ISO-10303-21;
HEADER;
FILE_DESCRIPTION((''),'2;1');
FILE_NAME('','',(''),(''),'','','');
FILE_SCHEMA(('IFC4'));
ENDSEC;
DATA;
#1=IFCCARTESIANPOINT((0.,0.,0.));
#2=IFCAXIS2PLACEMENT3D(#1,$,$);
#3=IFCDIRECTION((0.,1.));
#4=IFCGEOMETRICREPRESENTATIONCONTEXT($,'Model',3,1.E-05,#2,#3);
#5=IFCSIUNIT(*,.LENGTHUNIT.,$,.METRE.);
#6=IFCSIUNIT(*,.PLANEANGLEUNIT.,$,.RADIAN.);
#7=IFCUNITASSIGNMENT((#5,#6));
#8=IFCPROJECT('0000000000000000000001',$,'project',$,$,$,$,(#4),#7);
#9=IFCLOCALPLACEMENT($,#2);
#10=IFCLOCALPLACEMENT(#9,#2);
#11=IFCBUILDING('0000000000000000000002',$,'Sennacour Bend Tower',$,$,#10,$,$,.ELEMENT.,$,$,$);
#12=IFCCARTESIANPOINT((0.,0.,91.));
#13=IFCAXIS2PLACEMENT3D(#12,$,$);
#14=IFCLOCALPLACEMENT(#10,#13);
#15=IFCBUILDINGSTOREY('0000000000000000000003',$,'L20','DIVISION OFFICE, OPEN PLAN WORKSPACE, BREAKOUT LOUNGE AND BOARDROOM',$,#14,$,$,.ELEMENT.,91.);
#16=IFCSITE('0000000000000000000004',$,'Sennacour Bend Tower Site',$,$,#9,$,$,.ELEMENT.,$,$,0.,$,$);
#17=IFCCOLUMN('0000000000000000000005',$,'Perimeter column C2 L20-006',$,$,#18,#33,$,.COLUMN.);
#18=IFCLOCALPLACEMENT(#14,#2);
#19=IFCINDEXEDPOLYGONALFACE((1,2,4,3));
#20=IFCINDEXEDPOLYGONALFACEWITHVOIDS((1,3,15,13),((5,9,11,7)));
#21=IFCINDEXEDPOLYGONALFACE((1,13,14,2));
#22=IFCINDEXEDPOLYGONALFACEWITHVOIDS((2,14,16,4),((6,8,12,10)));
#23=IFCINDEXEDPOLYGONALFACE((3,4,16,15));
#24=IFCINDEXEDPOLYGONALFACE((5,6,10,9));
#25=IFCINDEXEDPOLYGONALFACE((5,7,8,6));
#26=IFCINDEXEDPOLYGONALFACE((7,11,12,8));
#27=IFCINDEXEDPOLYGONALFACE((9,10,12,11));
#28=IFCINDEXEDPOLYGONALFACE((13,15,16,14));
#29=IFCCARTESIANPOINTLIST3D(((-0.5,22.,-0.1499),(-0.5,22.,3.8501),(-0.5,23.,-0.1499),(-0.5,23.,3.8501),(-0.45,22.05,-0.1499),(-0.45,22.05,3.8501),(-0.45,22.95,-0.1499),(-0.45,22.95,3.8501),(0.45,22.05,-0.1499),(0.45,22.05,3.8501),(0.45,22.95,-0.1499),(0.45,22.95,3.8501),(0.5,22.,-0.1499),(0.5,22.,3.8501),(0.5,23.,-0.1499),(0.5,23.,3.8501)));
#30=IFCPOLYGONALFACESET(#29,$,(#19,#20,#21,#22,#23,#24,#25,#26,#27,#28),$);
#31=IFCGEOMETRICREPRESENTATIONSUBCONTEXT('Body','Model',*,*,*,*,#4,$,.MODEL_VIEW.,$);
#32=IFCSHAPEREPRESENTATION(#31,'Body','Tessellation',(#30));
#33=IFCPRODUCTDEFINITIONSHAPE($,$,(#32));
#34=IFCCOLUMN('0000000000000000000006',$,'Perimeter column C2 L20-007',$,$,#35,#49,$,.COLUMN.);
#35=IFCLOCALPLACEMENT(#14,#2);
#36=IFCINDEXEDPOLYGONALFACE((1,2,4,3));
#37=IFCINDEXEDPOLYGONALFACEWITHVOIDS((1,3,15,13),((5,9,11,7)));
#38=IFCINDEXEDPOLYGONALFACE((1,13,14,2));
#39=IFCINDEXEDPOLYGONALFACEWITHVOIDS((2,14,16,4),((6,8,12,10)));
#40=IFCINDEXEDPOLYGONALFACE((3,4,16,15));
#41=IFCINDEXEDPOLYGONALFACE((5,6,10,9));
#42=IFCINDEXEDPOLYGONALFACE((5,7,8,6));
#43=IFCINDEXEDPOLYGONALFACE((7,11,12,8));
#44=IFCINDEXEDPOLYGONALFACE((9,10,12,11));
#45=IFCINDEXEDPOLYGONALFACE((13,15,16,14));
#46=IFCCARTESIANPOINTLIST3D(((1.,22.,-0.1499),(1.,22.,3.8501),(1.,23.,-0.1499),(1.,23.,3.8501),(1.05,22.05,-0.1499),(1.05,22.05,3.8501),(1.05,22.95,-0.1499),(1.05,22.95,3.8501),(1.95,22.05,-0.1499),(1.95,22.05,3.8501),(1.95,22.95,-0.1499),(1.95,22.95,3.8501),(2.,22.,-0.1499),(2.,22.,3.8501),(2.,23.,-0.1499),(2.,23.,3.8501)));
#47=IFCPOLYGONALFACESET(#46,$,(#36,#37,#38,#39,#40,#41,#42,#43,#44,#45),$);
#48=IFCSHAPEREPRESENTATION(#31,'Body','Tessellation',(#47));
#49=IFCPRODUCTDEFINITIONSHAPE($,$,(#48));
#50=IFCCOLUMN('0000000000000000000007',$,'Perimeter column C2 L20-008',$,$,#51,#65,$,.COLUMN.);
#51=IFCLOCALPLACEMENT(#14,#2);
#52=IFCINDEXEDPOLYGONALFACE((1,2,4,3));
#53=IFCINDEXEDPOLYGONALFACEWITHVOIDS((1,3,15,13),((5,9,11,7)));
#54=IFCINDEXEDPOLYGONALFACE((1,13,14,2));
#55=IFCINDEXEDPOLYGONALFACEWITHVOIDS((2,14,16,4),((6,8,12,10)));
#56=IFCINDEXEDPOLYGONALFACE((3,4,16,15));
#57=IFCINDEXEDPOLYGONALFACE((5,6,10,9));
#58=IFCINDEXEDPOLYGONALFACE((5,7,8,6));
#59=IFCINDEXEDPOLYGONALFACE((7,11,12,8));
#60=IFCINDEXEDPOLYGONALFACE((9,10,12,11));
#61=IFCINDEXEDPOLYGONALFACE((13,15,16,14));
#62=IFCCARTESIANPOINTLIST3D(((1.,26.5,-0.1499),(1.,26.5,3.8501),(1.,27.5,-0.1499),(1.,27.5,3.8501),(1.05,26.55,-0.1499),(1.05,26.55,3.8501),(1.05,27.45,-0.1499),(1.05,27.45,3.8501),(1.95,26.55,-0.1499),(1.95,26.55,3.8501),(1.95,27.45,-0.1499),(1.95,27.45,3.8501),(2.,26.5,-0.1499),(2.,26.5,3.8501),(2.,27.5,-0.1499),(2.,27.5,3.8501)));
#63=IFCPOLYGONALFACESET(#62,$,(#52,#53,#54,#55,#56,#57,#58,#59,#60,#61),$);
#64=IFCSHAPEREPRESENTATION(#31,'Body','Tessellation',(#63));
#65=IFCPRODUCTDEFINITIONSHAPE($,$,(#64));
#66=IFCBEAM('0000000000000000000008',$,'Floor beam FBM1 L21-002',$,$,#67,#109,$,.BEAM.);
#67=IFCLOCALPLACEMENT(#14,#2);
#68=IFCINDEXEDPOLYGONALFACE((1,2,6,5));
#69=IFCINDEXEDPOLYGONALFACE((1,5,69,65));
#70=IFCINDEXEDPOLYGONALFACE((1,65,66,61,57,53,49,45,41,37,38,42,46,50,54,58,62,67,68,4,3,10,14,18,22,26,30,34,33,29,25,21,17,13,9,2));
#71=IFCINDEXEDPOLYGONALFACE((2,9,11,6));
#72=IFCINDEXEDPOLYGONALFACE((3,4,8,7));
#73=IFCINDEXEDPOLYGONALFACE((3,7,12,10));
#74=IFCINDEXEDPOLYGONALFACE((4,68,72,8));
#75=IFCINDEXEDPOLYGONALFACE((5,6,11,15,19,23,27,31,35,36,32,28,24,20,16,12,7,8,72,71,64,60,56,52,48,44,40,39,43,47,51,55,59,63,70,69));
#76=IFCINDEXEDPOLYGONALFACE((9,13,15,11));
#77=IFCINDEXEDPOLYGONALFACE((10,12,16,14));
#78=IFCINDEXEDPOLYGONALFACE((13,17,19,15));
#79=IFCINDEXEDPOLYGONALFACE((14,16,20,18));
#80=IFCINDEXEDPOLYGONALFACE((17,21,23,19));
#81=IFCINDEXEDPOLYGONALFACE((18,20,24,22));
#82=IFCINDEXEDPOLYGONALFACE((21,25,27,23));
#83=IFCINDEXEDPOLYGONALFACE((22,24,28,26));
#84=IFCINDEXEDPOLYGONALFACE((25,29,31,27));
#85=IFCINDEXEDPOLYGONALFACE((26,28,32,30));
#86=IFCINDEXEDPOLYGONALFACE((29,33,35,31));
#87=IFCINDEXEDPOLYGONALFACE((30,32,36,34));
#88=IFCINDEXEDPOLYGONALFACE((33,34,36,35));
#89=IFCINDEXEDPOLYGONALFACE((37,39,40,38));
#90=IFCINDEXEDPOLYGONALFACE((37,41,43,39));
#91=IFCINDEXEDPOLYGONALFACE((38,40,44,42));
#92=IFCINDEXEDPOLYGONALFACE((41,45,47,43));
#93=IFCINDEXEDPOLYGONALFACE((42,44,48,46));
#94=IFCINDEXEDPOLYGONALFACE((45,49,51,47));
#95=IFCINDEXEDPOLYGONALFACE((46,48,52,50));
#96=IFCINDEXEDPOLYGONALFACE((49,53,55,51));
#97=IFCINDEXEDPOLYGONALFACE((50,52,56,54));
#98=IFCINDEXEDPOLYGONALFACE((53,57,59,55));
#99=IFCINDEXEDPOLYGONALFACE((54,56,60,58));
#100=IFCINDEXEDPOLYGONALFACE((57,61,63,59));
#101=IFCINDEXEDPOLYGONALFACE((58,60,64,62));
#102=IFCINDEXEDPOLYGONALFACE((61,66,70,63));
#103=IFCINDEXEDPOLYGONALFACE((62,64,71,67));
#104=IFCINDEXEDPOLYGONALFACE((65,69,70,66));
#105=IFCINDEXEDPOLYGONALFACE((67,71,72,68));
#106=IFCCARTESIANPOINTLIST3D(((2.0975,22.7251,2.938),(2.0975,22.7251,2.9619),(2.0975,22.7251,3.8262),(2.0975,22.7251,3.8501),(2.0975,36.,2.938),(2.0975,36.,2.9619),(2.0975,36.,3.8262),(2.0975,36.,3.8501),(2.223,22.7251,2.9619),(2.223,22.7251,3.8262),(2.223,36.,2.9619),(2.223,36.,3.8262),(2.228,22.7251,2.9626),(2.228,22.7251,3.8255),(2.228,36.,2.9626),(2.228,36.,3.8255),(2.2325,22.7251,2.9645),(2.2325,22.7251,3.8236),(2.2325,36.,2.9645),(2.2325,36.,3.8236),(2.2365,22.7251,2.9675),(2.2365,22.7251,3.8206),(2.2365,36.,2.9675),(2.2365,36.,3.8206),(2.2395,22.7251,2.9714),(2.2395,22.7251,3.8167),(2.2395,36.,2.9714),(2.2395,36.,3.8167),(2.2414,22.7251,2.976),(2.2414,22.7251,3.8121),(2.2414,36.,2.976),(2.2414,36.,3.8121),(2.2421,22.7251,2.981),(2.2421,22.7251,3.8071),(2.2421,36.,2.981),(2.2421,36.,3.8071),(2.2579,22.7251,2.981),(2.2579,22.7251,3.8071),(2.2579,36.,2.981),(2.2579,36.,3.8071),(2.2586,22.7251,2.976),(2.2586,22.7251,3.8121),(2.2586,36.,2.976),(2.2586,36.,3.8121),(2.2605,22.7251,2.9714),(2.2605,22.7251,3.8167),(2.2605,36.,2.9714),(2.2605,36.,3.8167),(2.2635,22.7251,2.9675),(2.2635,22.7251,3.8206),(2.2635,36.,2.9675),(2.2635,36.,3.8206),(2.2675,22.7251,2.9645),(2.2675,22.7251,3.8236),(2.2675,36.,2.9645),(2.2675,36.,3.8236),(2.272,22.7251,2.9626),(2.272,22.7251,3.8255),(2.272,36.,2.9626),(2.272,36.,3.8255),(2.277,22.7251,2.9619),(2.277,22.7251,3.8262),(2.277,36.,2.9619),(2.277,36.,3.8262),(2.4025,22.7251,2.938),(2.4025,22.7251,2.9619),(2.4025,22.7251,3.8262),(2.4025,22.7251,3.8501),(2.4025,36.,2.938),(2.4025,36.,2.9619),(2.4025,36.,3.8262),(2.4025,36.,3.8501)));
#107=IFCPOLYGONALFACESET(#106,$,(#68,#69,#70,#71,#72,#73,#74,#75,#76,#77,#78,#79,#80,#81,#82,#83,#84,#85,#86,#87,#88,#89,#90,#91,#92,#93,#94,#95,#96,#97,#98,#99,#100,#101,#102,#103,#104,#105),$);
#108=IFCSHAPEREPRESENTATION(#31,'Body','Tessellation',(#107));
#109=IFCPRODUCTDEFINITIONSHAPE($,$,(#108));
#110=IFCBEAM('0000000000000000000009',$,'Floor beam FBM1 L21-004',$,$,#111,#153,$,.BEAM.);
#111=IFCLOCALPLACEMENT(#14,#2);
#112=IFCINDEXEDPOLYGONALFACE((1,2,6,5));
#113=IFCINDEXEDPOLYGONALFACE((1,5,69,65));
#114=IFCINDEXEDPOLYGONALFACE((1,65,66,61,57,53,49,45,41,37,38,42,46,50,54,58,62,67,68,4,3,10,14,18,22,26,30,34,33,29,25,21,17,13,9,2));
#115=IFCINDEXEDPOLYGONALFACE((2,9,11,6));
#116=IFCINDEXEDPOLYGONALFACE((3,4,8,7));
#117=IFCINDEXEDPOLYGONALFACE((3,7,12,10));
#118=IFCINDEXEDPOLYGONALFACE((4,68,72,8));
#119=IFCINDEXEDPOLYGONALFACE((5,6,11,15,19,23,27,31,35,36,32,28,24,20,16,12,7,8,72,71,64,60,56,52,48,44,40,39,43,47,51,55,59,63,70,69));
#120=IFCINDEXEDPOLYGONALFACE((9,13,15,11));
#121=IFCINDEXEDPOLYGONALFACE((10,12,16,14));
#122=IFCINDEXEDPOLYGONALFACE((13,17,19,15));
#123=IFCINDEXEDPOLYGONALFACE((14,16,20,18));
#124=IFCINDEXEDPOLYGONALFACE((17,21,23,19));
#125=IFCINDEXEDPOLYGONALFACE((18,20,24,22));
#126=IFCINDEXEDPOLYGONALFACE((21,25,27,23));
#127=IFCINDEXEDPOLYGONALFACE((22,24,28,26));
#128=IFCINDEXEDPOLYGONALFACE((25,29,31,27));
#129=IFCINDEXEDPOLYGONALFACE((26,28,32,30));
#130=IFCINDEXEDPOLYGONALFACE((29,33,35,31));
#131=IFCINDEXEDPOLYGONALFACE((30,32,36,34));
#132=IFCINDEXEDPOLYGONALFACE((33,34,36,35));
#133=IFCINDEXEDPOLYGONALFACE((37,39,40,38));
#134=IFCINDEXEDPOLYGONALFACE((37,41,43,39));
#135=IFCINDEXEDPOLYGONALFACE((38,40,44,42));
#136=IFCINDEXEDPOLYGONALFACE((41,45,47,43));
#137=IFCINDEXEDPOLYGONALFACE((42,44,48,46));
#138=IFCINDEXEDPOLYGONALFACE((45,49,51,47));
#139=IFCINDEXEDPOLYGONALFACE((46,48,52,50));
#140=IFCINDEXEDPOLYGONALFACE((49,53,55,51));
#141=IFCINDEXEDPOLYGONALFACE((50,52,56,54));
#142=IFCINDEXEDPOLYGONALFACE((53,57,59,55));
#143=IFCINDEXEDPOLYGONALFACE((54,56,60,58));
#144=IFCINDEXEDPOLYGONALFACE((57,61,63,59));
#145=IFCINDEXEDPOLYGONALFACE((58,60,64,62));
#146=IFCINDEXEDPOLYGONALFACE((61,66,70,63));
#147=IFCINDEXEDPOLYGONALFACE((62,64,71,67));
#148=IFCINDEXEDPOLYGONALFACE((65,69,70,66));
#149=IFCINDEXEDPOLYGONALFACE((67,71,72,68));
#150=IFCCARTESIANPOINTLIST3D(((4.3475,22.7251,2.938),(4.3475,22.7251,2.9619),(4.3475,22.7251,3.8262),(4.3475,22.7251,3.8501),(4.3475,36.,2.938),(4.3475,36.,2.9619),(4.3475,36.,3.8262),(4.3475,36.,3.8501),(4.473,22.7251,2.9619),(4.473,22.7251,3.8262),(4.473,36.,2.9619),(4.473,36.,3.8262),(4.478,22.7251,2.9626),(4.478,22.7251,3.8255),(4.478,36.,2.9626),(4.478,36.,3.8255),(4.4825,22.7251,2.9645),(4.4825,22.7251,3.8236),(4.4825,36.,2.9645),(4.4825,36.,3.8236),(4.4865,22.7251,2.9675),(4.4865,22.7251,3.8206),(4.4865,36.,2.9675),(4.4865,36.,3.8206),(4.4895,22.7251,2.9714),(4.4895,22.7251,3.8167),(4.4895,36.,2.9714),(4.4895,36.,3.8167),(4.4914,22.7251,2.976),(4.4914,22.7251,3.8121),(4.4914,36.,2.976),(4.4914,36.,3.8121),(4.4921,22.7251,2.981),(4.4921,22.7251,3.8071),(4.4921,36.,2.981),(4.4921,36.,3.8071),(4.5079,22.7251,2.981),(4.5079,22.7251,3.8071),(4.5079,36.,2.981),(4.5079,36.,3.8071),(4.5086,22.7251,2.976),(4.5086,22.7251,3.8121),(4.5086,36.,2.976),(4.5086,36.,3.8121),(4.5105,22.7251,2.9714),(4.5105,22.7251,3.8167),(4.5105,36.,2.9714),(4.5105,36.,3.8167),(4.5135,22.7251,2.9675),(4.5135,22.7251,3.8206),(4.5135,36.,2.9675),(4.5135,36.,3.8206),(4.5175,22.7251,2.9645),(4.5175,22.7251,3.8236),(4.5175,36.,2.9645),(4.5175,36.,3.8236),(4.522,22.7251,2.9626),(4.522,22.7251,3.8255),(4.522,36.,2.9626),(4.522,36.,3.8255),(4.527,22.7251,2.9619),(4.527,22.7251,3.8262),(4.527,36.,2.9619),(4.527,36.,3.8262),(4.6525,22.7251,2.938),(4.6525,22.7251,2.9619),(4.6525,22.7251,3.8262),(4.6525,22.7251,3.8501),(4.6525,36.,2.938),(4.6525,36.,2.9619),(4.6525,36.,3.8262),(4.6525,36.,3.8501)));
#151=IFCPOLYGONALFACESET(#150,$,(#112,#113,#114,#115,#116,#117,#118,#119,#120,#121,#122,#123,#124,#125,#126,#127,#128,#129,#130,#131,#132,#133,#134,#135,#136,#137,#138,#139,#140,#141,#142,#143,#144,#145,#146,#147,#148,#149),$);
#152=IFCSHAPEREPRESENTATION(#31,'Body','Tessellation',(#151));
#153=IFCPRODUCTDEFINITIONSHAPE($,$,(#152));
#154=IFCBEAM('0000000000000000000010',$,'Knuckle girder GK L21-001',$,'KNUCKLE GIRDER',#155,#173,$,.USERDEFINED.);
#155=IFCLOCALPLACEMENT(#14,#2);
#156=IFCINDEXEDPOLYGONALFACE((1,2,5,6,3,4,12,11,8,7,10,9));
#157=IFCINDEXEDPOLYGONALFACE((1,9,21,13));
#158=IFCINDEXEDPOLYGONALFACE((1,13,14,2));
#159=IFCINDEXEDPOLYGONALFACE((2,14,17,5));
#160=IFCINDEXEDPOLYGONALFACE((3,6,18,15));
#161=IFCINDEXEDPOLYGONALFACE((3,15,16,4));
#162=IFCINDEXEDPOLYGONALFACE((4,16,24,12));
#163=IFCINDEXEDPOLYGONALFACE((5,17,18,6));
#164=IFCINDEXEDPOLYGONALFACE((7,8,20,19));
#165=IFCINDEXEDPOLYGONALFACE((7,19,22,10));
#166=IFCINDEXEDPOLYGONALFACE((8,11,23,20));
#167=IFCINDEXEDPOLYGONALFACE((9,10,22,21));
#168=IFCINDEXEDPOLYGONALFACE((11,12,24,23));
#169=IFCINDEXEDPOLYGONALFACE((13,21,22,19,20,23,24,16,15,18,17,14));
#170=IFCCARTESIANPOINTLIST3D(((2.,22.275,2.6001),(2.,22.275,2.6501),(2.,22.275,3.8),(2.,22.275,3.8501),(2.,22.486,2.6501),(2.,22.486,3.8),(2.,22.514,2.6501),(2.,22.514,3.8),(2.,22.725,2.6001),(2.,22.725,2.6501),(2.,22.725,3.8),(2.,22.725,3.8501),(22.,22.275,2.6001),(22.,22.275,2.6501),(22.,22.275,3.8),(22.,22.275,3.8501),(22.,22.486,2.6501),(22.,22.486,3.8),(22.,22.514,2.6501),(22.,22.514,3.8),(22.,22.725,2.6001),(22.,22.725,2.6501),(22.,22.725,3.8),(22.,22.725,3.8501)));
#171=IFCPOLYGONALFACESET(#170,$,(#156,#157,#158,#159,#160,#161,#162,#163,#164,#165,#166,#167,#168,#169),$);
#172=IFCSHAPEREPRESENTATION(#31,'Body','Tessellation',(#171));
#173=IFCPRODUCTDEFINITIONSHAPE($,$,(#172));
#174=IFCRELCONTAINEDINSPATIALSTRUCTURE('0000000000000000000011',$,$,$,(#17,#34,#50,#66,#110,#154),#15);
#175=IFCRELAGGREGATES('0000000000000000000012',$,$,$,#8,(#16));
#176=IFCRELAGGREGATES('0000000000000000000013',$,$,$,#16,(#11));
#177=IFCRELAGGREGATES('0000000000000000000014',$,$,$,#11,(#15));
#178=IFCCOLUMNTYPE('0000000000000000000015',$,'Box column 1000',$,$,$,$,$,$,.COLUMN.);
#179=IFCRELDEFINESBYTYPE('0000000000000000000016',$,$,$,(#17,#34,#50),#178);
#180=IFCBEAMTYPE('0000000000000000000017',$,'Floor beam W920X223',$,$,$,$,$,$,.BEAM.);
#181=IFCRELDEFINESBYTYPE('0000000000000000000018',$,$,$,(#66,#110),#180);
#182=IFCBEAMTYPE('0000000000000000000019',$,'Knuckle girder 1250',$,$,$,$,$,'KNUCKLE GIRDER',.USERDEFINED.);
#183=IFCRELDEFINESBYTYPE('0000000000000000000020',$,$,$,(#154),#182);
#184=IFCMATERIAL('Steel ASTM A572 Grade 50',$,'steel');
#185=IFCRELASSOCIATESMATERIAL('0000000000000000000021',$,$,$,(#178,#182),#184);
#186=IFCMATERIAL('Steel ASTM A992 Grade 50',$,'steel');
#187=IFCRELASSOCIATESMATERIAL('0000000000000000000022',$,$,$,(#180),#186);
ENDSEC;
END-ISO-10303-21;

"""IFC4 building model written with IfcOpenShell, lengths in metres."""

from ifc_helpers import new_model, si_unit, direction, frame, origin, origin_2d, place, context, subcontext, project, spatial, hollow_rectangle, i_section, extrude, material, material_profile, profile_set, type_object, element, save


model = new_model("IFC4")

# Units and contexts
model_context = context("Model", 3, precision=1e-05, world=origin(), true_north=direction((0.0, 1.0)))
body_context = subcontext(model_context, "Body", "Model", "MODEL_VIEW")
ifc_project = project(units=[si_unit("LENGTHUNIT", "METRE"), si_unit("PLANEANGLEUNIT", "RADIAN")], contexts=[model_context])

# Site, building, storey
site_placement = place(None, origin())
site = spatial("IfcSite", under=ifc_project, at=site_placement, Name="Sennacour Bend Tower Site", CompositionType="ELEMENT", RefElevation=0.0)
building_placement = place(site_placement, origin())
building = spatial("IfcBuilding", under=site, at=building_placement, Name="Sennacour Bend Tower", CompositionType="ELEMENT")
storey_placement = place(building_placement, frame((0.0, 0.0, 91.0)))
storey = spatial("IfcBuildingStorey", under=building, at=storey_placement, Name="L20", Description="DIVISION OFFICE, OPEN PLAN WORKSPACE, BREAKOUT LOUNGE AND BOARDROOM", CompositionType="ELEMENT", Elevation=91.0)

# Columns
ifc_material_1 = material(Name="Steel ASTM A572 Grade 50", Category="steel")
ifc_material_profile_1 = material_profile(ifc_material_1, hollow_rectangle(XDim=1.0, YDim=1.0, WallThickness=0.05, at=origin_2d()), Name="Steel ASTM A572 Grade 50", Category="steel")
ifc_profile_set_1 = profile_set([ifc_material_profile_1], Name="Steel ASTM A572 Grade 50")
column_type = type_object("IfcColumnType", Name="Box column 1000", PredefinedType="COLUMN", material=ifc_profile_set_1)
for number, where, z_axis, x_axis, name in (
    (1, (0.0, 22.5, -0.1499), (0.0, 0.0, 1.0), (1.0, 0.0, 0.0), "Perimeter column C2 L20-006"),
    (2, (1.5, 22.5, -0.1499), (0.0, 0.0, 1.0), (1.0, 0.0, 0.0), "Perimeter column C2 L20-007"),
    (3, (1.5, 27.0, -0.1499), (0.0, 0.0, 1.0), (1.0, 0.0, 0.0), "Perimeter column C2 L20-008"),
):
    element("IfcColumn", number, at=place(storey_placement, frame(where, z_axis=z_axis, x_axis=x_axis)), inside=storey, type_object=column_type, Name=name, PredefinedType="COLUMN", context=body_context, shape_type="SweptSolid", body=[
        extrude(hollow_rectangle(XDim=1.0, YDim=1.0, WallThickness=0.05, at=origin_2d()), origin(), (0.0, 0.0, 1.0), 4.0),
    ])

# Beams
ifc_material_2 = material(Name="Steel ASTM A992 Grade 50", Category="steel")
ifc_material_profile_2 = material_profile(ifc_material_2, i_section(OverallWidth=0.3049, OverallDepth=0.9121, WebThickness=0.0159, FlangeThickness=0.0239, FilletRadius=0.019, at=origin_2d()), Name="Steel ASTM A992 Grade 50", Category="steel")
ifc_profile_set_2 = profile_set([ifc_material_profile_2], Name="Steel ASTM A992 Grade 50")
beam_type_1 = type_object("IfcBeamType", Name="Floor beam W920X223", PredefinedType="BEAM", material=ifc_profile_set_2)
for number, where, z_axis, x_axis, name in (
    (4, (2.25, 22.7251, 3.394), (0.0, 1.0, 0.0), (-1.0, 0.0, 0.0), "Floor beam FBM1 L21-002"),
    (5, (4.5, 22.7251, 3.394), (0.0, 1.0, 0.0), (-1.0, 0.0, 0.0), "Floor beam FBM1 L21-004"),
):
    element("IfcBeam", number, at=place(storey_placement, frame(where, z_axis=z_axis, x_axis=x_axis)), inside=storey, type_object=beam_type_1, Name=name, PredefinedType="BEAM", context=body_context, shape_type="SweptSolid", body=[
        extrude(i_section(OverallWidth=0.3049, OverallDepth=0.9121, WebThickness=0.0159, FlangeThickness=0.0239, FilletRadius=0.019, at=origin_2d()), origin(), (0.0, 0.0, 1.0), 13.2749),
    ])
ifc_material_profile_3 = material_profile(ifc_material_1, i_section(OverallWidth=0.45, OverallDepth=1.25, WebThickness=0.0281, FlangeThickness=0.05, at=origin_2d()), Name="Steel ASTM A572 Grade 50", Category="steel")
ifc_profile_set_3 = profile_set([ifc_material_profile_3], Name="Steel ASTM A572 Grade 50")
beam_type_2 = type_object("IfcBeamType", Name="Knuckle girder 1250", ElementType="KNUCKLE GIRDER", PredefinedType="USERDEFINED", material=ifc_profile_set_3)
beam_1_placement = place(storey_placement, frame((2.0, 22.5, 3.2251), z_axis=(1.0, 0.0, 0.0), x_axis=(0.0, 1.0, 0.0)))
element("IfcBeam", 6, at=beam_1_placement, inside=storey, type_object=beam_type_2, Name="Knuckle girder GK L21-001", ObjectType="KNUCKLE GIRDER", PredefinedType="USERDEFINED", context=body_context, shape_type="SweptSolid", body=[
    extrude(i_section(OverallWidth=0.45, OverallDepth=1.25, WebThickness=0.0281, FlangeThickness=0.05, at=origin_2d()), origin(), (0.0, 0.0, 1.0), 20.0),
])

save(model, "model.ifc")
